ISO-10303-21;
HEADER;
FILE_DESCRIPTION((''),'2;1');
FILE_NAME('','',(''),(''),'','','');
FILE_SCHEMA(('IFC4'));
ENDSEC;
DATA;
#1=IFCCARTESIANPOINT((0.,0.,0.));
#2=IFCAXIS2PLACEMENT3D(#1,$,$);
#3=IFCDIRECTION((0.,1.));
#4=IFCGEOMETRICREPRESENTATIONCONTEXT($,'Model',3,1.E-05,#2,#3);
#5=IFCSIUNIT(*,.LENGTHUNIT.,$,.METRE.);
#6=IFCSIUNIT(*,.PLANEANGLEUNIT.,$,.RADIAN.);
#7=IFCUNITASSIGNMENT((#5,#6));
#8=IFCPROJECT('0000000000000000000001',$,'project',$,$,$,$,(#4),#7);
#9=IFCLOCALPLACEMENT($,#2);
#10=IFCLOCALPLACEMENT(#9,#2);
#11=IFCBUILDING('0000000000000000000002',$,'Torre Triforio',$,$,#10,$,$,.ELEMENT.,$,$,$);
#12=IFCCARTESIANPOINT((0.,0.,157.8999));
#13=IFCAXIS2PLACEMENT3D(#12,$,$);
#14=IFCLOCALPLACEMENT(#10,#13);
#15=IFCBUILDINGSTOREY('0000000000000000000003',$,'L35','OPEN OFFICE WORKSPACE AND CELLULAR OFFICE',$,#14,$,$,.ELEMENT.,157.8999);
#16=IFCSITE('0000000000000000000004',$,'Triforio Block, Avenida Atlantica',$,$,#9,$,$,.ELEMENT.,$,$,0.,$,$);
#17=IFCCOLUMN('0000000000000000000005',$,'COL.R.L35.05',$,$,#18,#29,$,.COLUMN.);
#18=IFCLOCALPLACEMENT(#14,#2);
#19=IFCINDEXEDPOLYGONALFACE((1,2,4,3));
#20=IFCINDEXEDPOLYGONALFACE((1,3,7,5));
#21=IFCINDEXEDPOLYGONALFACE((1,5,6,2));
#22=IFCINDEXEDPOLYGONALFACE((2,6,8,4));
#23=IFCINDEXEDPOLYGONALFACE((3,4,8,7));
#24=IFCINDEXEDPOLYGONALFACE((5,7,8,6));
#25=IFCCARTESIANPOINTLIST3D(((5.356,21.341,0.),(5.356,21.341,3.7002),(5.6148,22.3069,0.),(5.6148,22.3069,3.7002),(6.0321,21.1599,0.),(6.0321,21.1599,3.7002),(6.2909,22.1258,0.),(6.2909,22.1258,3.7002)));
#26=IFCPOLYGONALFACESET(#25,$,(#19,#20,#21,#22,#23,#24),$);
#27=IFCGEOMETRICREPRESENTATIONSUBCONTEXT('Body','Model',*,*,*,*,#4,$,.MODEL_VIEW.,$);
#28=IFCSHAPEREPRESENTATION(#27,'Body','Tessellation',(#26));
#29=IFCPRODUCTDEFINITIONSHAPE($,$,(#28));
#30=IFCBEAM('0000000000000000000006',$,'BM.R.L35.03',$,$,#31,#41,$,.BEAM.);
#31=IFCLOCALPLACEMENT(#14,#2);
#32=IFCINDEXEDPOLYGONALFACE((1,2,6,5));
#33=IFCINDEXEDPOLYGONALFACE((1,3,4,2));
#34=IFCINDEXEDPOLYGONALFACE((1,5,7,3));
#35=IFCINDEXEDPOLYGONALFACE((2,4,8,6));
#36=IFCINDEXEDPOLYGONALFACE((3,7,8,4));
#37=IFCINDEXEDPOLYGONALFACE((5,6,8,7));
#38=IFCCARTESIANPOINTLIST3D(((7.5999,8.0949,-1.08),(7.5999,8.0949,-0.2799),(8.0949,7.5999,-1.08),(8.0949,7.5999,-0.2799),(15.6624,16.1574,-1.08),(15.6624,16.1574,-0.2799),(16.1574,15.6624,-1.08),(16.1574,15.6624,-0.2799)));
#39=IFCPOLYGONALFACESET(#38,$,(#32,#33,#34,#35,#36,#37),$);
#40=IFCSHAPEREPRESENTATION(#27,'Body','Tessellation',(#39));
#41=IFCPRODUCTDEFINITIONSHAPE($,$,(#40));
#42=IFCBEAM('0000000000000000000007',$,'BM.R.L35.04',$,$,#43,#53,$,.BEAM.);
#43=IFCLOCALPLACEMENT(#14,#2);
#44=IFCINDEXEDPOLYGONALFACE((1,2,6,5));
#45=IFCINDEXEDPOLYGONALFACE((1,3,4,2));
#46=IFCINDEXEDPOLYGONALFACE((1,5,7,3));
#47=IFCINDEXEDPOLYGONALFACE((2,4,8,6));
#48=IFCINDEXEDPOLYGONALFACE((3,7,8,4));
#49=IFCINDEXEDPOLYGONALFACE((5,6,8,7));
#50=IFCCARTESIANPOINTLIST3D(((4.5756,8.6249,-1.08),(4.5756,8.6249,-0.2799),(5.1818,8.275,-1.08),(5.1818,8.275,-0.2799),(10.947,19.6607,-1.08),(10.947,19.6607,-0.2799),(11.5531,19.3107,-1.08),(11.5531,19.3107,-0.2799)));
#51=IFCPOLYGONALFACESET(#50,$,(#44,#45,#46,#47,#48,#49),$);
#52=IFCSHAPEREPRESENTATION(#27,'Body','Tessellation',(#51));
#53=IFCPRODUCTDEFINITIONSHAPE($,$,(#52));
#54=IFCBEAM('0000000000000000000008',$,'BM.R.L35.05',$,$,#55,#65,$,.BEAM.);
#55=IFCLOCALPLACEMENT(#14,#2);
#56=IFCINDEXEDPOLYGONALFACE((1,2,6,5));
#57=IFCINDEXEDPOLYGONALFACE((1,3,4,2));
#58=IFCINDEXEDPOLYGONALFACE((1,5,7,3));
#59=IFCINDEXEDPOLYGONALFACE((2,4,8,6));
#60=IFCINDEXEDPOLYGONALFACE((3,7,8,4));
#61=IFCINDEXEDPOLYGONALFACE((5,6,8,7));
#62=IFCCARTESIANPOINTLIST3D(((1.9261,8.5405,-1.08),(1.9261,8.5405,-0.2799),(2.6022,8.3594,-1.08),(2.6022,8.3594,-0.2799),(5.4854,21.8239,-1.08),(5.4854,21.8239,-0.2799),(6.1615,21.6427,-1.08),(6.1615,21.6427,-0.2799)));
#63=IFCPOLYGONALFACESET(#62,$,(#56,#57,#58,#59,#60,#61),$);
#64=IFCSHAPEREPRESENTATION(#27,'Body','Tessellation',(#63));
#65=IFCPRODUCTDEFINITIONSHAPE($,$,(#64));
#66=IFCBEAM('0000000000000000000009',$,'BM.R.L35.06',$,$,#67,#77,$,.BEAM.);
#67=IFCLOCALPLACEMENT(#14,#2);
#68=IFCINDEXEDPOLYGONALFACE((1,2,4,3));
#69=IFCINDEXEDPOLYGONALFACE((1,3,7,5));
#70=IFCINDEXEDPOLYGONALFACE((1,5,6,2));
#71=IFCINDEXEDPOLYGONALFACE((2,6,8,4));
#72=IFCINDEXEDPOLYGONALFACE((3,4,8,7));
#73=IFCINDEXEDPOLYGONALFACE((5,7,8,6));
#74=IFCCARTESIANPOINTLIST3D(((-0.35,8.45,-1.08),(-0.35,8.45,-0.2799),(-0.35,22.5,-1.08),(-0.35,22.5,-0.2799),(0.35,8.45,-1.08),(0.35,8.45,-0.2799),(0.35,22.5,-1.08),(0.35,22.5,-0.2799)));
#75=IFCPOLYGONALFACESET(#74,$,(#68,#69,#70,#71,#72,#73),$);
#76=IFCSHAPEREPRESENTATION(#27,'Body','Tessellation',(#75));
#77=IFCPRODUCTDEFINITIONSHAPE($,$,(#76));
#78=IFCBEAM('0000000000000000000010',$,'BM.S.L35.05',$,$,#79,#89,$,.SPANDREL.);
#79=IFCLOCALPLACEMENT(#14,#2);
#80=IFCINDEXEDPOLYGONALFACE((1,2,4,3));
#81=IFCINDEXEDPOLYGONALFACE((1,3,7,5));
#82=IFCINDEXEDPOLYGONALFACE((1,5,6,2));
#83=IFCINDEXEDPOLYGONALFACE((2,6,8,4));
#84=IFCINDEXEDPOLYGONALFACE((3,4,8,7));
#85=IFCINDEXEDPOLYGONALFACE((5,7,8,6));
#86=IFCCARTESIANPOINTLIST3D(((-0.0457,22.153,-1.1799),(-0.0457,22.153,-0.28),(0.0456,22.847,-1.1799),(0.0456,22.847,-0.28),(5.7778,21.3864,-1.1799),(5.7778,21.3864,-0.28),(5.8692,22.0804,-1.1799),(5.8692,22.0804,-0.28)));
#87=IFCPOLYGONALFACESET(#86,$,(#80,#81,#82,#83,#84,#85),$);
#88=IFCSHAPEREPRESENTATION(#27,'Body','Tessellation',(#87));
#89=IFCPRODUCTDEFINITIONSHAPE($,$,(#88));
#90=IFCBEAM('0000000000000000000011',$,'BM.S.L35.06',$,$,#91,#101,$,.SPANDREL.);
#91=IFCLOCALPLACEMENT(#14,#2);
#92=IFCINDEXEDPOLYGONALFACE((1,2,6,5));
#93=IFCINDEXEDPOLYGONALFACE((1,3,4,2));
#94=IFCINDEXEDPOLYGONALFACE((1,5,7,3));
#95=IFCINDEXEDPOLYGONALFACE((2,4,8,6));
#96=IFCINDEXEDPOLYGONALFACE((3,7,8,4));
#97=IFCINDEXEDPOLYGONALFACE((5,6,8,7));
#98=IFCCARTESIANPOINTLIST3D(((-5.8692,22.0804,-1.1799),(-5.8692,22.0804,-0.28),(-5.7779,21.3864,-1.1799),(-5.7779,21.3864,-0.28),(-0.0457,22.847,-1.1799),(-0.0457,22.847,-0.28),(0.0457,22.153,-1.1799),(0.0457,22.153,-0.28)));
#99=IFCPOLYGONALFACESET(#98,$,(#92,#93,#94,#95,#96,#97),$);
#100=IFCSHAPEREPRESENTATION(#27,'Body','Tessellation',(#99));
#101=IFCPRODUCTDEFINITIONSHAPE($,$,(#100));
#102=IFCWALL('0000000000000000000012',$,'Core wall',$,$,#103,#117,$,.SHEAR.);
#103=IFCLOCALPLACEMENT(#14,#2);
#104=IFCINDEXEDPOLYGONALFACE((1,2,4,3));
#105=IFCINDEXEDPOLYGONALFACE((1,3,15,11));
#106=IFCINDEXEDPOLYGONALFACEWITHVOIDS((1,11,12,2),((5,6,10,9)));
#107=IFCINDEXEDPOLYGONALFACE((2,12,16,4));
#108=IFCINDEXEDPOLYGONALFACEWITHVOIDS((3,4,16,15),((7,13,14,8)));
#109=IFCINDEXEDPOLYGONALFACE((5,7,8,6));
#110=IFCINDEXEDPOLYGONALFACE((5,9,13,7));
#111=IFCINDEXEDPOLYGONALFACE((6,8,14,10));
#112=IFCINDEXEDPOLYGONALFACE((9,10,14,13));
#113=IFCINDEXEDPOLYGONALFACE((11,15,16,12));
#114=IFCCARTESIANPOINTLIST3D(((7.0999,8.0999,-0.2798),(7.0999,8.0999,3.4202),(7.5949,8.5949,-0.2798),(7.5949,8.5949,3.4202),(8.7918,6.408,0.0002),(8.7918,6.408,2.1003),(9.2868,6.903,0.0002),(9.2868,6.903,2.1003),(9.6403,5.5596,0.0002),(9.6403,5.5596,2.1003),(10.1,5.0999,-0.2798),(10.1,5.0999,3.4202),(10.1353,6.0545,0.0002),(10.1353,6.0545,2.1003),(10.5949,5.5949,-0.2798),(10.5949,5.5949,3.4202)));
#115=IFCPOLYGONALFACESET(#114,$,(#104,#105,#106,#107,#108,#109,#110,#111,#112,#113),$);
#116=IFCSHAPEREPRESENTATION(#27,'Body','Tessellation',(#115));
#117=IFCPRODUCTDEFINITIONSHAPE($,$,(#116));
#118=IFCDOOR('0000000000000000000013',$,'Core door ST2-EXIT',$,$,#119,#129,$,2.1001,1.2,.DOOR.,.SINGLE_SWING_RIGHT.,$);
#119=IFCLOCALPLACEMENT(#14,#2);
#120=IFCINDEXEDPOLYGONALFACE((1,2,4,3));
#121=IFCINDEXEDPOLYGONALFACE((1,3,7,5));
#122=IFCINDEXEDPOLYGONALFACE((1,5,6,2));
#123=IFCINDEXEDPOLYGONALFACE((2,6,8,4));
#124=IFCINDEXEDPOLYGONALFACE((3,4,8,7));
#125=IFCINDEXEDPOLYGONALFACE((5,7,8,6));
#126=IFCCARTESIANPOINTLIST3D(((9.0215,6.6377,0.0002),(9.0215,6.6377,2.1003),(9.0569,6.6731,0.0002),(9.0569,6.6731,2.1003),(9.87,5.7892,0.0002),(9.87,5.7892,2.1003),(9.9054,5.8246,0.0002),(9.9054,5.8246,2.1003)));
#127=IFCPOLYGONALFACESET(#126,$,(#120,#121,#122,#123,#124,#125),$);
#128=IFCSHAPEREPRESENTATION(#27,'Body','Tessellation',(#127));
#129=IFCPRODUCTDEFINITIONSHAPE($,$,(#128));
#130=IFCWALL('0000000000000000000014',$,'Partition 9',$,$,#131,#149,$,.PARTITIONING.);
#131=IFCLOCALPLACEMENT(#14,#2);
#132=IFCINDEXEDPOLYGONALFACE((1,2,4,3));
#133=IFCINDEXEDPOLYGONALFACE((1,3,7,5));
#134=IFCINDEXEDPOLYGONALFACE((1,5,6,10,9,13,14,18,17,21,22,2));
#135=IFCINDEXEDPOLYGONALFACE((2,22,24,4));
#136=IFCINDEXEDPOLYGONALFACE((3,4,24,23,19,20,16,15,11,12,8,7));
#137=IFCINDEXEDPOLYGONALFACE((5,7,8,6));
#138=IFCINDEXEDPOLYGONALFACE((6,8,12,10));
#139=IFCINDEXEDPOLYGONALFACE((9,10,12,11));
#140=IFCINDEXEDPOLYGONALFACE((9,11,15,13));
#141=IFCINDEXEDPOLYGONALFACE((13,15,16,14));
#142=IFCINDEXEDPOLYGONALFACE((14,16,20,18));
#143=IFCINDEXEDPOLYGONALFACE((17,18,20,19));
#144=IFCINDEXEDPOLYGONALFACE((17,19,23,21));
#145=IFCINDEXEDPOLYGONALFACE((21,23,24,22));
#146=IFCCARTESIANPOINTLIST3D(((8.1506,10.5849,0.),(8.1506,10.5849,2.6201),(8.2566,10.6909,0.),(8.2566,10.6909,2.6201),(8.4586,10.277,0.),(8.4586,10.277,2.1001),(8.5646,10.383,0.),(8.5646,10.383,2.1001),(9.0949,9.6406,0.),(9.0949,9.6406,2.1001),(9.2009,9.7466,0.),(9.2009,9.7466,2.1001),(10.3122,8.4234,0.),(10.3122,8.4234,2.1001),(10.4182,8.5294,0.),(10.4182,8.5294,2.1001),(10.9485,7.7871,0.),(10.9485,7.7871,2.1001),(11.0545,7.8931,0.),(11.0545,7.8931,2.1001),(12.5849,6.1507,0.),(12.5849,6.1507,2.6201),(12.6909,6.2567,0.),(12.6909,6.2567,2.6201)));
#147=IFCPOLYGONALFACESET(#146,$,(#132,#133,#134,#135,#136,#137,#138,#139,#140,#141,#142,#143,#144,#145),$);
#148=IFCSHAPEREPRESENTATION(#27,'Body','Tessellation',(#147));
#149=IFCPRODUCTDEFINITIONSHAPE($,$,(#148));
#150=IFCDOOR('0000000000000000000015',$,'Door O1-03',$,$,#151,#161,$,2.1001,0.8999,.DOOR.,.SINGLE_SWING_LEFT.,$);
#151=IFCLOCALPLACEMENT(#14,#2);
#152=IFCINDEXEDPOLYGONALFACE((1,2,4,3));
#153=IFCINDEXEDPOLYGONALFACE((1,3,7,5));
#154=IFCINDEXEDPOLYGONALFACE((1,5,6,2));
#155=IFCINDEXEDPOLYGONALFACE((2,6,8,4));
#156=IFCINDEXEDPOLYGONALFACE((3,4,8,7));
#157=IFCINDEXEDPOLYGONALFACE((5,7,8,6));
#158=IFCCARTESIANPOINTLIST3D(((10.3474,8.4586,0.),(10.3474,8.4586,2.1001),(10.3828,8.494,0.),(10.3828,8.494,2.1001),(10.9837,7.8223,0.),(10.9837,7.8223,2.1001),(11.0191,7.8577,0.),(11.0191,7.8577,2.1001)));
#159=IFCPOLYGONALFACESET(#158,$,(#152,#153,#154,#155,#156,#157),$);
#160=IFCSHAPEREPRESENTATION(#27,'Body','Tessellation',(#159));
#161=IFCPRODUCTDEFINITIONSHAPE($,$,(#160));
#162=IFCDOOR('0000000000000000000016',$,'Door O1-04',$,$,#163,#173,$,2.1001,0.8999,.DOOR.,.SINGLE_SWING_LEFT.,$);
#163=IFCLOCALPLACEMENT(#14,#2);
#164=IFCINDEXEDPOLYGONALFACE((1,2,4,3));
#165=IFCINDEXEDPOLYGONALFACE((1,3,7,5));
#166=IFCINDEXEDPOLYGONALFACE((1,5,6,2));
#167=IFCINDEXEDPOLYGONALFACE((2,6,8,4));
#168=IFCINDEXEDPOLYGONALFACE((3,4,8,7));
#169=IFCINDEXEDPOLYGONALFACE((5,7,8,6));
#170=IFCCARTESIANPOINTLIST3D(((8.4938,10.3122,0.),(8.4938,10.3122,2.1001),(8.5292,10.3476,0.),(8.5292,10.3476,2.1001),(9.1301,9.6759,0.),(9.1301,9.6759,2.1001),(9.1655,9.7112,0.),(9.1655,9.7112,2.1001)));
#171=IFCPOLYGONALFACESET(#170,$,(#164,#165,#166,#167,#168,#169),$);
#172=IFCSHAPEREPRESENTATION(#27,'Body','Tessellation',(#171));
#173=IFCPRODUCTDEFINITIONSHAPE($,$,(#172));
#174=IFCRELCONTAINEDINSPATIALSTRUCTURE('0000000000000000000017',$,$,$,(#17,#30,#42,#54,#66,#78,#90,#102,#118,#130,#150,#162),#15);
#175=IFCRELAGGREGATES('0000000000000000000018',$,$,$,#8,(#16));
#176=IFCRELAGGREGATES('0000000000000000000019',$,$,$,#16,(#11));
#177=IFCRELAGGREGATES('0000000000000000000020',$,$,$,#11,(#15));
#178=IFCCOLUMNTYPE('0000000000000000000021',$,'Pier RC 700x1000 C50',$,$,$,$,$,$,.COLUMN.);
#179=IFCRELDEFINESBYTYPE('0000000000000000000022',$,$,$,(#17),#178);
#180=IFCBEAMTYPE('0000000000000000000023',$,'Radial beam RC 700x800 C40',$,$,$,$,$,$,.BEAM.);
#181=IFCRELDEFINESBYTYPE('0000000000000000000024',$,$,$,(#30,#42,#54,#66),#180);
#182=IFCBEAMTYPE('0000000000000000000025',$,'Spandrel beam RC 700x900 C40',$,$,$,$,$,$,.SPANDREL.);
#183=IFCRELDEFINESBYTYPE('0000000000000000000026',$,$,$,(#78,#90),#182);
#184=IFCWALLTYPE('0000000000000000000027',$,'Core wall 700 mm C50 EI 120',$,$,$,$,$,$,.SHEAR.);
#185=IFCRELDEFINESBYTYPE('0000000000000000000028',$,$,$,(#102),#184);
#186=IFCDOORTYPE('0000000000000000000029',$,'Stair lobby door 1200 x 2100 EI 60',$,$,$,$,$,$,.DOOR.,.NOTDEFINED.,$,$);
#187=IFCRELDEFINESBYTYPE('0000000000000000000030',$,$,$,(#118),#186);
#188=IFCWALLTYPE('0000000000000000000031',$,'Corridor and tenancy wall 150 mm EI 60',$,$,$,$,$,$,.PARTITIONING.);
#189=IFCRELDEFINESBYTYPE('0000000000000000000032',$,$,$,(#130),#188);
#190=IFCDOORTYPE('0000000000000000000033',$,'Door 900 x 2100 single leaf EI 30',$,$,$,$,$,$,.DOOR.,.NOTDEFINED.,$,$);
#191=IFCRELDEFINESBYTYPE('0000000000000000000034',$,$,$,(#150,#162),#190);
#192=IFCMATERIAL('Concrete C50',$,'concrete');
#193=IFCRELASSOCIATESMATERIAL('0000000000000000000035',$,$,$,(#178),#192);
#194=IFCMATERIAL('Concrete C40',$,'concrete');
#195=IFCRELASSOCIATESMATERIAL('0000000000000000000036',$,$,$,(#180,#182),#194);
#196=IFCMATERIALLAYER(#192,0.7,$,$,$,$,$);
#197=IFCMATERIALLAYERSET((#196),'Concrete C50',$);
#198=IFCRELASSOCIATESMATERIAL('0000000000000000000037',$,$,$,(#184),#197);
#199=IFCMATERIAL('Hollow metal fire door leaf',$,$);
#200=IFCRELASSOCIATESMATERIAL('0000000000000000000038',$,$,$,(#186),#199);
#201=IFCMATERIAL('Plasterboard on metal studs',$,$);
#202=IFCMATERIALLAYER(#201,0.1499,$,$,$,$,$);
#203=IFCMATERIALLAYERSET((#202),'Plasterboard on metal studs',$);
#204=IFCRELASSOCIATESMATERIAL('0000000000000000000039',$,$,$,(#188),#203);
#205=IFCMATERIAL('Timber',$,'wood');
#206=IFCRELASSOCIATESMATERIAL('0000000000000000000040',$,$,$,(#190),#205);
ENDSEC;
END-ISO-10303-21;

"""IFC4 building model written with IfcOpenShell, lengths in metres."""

from ifc_helpers import new_model, si_unit, direction, frame, frame_2d, origin, origin_2d, place, context, subcontext, project, spatial, rectangle, extrude, material, layer, layer_set, material_profile, profile_set, type_object, element, fill, save


model = new_model("IFC4")

# Units and contexts
model_context = context("Model", 3, precision=1e-05, world=origin(), true_north=direction((0.0, 1.0)))
body_context = subcontext(model_context, "Body", "Model", "MODEL_VIEW")
ifc_project = project(units=[si_unit("LENGTHUNIT", "METRE"), si_unit("PLANEANGLEUNIT", "RADIAN")], contexts=[model_context])

# Site, building, storey
site_placement = place(None, origin())
site = spatial("IfcSite", under=ifc_project, at=site_placement, Name="Triforio Block, Avenida Atlantica", CompositionType="ELEMENT", RefElevation=0.0)
building_placement = place(site_placement, origin())
building = spatial("IfcBuilding", under=site, at=building_placement, Name="Torre Triforio", CompositionType="ELEMENT")
storey_placement = place(building_placement, frame((0.0, 0.0, 157.8999)))
storey = spatial("IfcBuildingStorey", under=building, at=storey_placement, Name="L35", Description="OPEN OFFICE WORKSPACE AND CELLULAR OFFICE", CompositionType="ELEMENT", Elevation=157.8999)

# Column
ifc_material_1 = material(Name="Concrete C50", Category="concrete")
ifc_material_profile_1 = material_profile(ifc_material_1, rectangle(XDim=0.7, YDim=1.0, at=origin_2d()), Name="RC 700x1000")
ifc_profile_set_1 = profile_set([ifc_material_profile_1], Name="Concrete C50")
column_type = type_object("IfcColumnType", Name="Pier RC 700x1000 C50", PredefinedType="COLUMN", material=ifc_profile_set_1)
column_placement = place(storey_placement, frame((5.8235, 21.7334, 0.0), z_axis=(0.0, 0.0, 1.0), x_axis=(-0.965926, 0.258819, 0.0)))
element("IfcColumn", 1, at=column_placement, inside=storey, type_object=column_type, Name="COL.R.L35.05", PredefinedType="COLUMN", context=body_context, shape_type="SweptSolid", body=[
    extrude(rectangle(XDim=0.7, YDim=1.0, at=origin_2d()), origin(), (0.0, 0.0, 1.0), 3.7002),
])

# Beams
ifc_material_2 = material(Name="Concrete C40", Category="concrete")
ifc_material_profile_2 = material_profile(ifc_material_2, rectangle(XDim=0.7, YDim=0.8, at=origin_2d()), Name="RC 700x800")
ifc_profile_set_2 = profile_set([ifc_material_profile_2], Name="Concrete C40")
beam_type_1 = type_object("IfcBeamType", Name="Radial beam RC 700x800 C40", PredefinedType="BEAM", material=ifc_profile_set_2)
beam_1_placement = place(storey_placement, frame((7.8474, 7.8474, -0.6799), z_axis=(0.707107, 0.707107, 0.0), x_axis=(-0.707107, 0.707107, 0.0)))
element("IfcBeam", 2, at=beam_1_placement, inside=storey, type_object=beam_type_1, Name="BM.R.L35.03", PredefinedType="BEAM", context=body_context, shape_type="SweptSolid", body=[
    extrude(rectangle(XDim=0.7, YDim=0.8, at=origin_2d()), origin(), (0.0, 0.0, 1.0), 11.4021),
])
beam_2_placement = place(storey_placement, frame((4.8787, 8.45, -0.6799), z_axis=(0.499994, 0.866029, 0.0), x_axis=(-0.866029, 0.499994, 0.0)))
element("IfcBeam", 3, at=beam_2_placement, inside=storey, type_object=beam_type_1, Name="BM.R.L35.04", PredefinedType="BEAM", context=body_context, shape_type="SweptSolid", body=[
    extrude(rectangle(XDim=0.7, YDim=0.8, at=origin_2d()), origin(), (0.0, 0.0, 1.0), 12.7429),
])
beam_3_placement = place(storey_placement, frame((2.2642, 8.45, -0.6799), z_axis=(0.258822, 0.965925, 0.0), x_axis=(-0.965925, 0.258822, 0.0)))
element("IfcBeam", 4, at=beam_3_placement, inside=storey, type_object=beam_type_1, Name="BM.R.L35.05", PredefinedType="BEAM", context=body_context, shape_type="SweptSolid", body=[
    extrude(rectangle(XDim=0.7, YDim=0.8, at=origin_2d()), origin(), (0.0, 0.0, 1.0), 13.752),
])
beam_4_placement = place(storey_placement, frame((0.0, 8.45, -0.6799), z_axis=(0.0, 1.0, 0.0), x_axis=(-1.0, 0.0, 0.0)))
element("IfcBeam", 5, at=beam_4_placement, inside=storey, type_object=beam_type_1, Name="BM.R.L35.06", PredefinedType="BEAM", context=body_context, shape_type="SweptSolid", body=[
    extrude(rectangle(XDim=0.7, YDim=0.8, at=origin_2d()), origin(), (0.0, 0.0, 1.0), 14.05),
])
ifc_material_profile_3 = material_profile(ifc_material_2, rectangle(XDim=0.7, YDim=0.8999, at=origin_2d()), Name="RC 700x900")
ifc_profile_set_3 = profile_set([ifc_material_profile_3], Name="Concrete C40")
beam_type_2 = type_object("IfcBeamType", Name="Spandrel beam RC 700x900 C40", PredefinedType="SPANDREL", material=ifc_profile_set_3)
for number, where, z_axis, x_axis, name in (
    (6, (5.8235, 21.7334, -0.73), (-0.991447, 0.130514, 0.0), (-0.130514, -0.991447, 0.0), "BM.S.L35.05"),
    (7, (0.0, 22.5, -0.73), (-0.991447, -0.130514, 0.0), (0.130514, -0.991447, 0.0), "BM.S.L35.06"),
):
    element("IfcBeam", number, at=place(storey_placement, frame(where, z_axis=z_axis, x_axis=x_axis)), inside=storey, type_object=beam_type_2, Name=name, PredefinedType="SPANDREL", context=body_context, shape_type="SweptSolid", body=[
        extrude(rectangle(XDim=0.7, YDim=0.8999, at=origin_2d()), origin(), (0.0, 0.0, 1.0), 5.8738),
    ])

# Wall, opening, door
ifc_layer_1 = layer(ifc_material_1, 0.7)
ifc_layer_set_1 = layer_set([ifc_layer_1], Name="Concrete C50")
wall_type_1 = type_object("IfcWallType", Name="Core wall 700 mm C50 EI 120", PredefinedType="SHEAR", material=ifc_layer_set_1)
wall_1_placement = place(storey_placement, frame((7.3474, 8.3474, -0.2798), z_axis=(0.0, 0.0, 1.0), x_axis=(0.707107, -0.707107, 0.0)))
wall_1 = element("IfcWall", 8, at=wall_1_placement, inside=storey, type_object=wall_type_1, Name="Core wall", PredefinedType="SHEAR", context=body_context, shape_type="SweptSolid", body=[
    extrude(rectangle(XDim=4.2427, YDim=0.7, at=frame_2d((2.1213, 0.0))), origin(), (0.0, 0.0, 1.0), 3.7),
])
opening_1_placement = place(wall_1_placement, frame((2.3926, 0.0, 0.28)))
opening_1 = element("IfcOpeningElement", 9, at=opening_1_placement, cuts=wall_1, PredefinedType="OPENING", context=body_context, shape_type="SweptSolid", body=[
    extrude(rectangle(XDim=1.2, YDim=2.1001, at=frame_2d((0.6001, 1.05))), frame((0.0, 0.3599, 0.0), z_axis=(0.0, -1.0, 0.0), x_axis=(1.0, 0.0, 0.0)), (0.0, 0.0, 1.0), 0.72),
])
ifc_material_3 = material(Name="Hollow metal fire door leaf")
door_type_1 = type_object("IfcDoorType", Name="Stair lobby door 1200 x 2100 EI 60", OperationType="NOTDEFINED", PredefinedType="DOOR", material=ifc_material_3)
door_1_placement = place(opening_1_placement, origin())
door_1 = element("IfcDoor", 10, at=door_1_placement, inside=storey, type_object=door_type_1, Name="Core door ST2-EXIT", OperationType="SINGLE_SWING_RIGHT", OverallHeight=2.1001, OverallWidth=1.2, PredefinedType="DOOR", context=body_context, shape_type="SweptSolid", body=[
    extrude(rectangle(XDim=1.2, YDim=2.1001, at=frame_2d((0.6001, 1.05))), frame((0.0, 0.0249, 0.0), z_axis=(0.0, -1.0, 0.0), x_axis=(1.0, 0.0, 0.0)), (0.0, 0.0, 1.0), 0.05),
])
fill(opening_1, door_1)

# Wall, openings, doors
ifc_material_4 = material(Name="Plasterboard on metal studs")
ifc_layer_2 = layer(ifc_material_4, 0.1499)
ifc_layer_set_2 = layer_set([ifc_layer_2], Name="Plasterboard on metal studs")
wall_type_2 = type_object("IfcWallType", Name="Corridor and tenancy wall 150 mm EI 60", PredefinedType="PARTITIONING", material=ifc_layer_set_2)
wall_2_placement = place(storey_placement, frame((8.2036, 10.6379, 0.0), z_axis=(0.0, 0.0, 1.0), x_axis=(0.707107, -0.707107, 0.0)))
wall_2 = element("IfcWall", 11, at=wall_2_placement, inside=storey, type_object=wall_type_2, Name="Partition 9", PredefinedType="PARTITIONING", context=body_context, shape_type="SweptSolid", body=[
    extrude(rectangle(XDim=6.271, YDim=0.1499, at=frame_2d((3.1355, 0.0))), origin(), (0.0, 0.0, 1.0), 2.6201),
])
opening_2_placement = place(wall_2_placement, frame((3.0569, 0.0, 0.0)))
opening_2 = element("IfcOpeningElement", 12, at=opening_2_placement, cuts=wall_2, PredefinedType="OPENING", context=body_context, shape_type="SweptSolid", body=[
    extrude(rectangle(XDim=0.8999, YDim=2.1001, at=frame_2d((0.45, 1.05))), frame((0.0, 0.085, 0.0), z_axis=(0.0, -1.0, 0.0), x_axis=(1.0, 0.0, 0.0)), (0.0, 0.0, 1.0), 0.1699),
])
opening_3_placement = place(wall_2_placement, frame((0.4355, 0.0, 0.0)))
opening_3 = element("IfcOpeningElement", 13, at=opening_3_placement, cuts=wall_2, PredefinedType="OPENING", context=body_context, shape_type="SweptSolid", body=[
    extrude(rectangle(XDim=0.8999, YDim=2.1001, at=frame_2d((0.45, 1.05))), frame((0.0, 0.085, 0.0), z_axis=(0.0, -1.0, 0.0), x_axis=(1.0, 0.0, 0.0)), (0.0, 0.0, 1.0), 0.1699),
])
ifc_material_5 = material(Name="Timber", Category="wood")
door_type_2 = type_object("IfcDoorType", Name="Door 900 x 2100 single leaf EI 30", OperationType="NOTDEFINED", PredefinedType="DOOR", material=ifc_material_5)
door_2_placement = place(opening_2_placement, origin())
door_2 = element("IfcDoor", 14, at=door_2_placement, inside=storey, type_object=door_type_2, Name="Door O1-03", OperationType="SINGLE_SWING_LEFT", OverallHeight=2.1001, OverallWidth=0.8999, PredefinedType="DOOR", context=body_context, shape_type="SweptSolid", body=[
    extrude(rectangle(XDim=0.8999, YDim=2.1001, at=frame_2d((0.45, 1.05))), frame((0.0, 0.0249, 0.0), z_axis=(0.0, -1.0, 0.0), x_axis=(1.0, 0.0, 0.0)), (0.0, 0.0, 1.0), 0.05),
])
fill(opening_2, door_2)
door_3_placement = place(opening_3_placement, origin())
door_3 = element("IfcDoor", 15, at=door_3_placement, inside=storey, type_object=door_type_2, Name="Door O1-04", OperationType="SINGLE_SWING_LEFT", OverallHeight=2.1001, OverallWidth=0.8999, PredefinedType="DOOR", context=body_context, shape_type="SweptSolid", body=[
    extrude(rectangle(XDim=0.8999, YDim=2.1001, at=frame_2d((0.45, 1.05))), frame((0.0, 0.0249, 0.0), z_axis=(0.0, -1.0, 0.0), x_axis=(1.0, 0.0, 0.0)), (0.0, 0.0, 1.0), 0.05),
])
fill(opening_3, door_3)

save(model, "model.ifc")
